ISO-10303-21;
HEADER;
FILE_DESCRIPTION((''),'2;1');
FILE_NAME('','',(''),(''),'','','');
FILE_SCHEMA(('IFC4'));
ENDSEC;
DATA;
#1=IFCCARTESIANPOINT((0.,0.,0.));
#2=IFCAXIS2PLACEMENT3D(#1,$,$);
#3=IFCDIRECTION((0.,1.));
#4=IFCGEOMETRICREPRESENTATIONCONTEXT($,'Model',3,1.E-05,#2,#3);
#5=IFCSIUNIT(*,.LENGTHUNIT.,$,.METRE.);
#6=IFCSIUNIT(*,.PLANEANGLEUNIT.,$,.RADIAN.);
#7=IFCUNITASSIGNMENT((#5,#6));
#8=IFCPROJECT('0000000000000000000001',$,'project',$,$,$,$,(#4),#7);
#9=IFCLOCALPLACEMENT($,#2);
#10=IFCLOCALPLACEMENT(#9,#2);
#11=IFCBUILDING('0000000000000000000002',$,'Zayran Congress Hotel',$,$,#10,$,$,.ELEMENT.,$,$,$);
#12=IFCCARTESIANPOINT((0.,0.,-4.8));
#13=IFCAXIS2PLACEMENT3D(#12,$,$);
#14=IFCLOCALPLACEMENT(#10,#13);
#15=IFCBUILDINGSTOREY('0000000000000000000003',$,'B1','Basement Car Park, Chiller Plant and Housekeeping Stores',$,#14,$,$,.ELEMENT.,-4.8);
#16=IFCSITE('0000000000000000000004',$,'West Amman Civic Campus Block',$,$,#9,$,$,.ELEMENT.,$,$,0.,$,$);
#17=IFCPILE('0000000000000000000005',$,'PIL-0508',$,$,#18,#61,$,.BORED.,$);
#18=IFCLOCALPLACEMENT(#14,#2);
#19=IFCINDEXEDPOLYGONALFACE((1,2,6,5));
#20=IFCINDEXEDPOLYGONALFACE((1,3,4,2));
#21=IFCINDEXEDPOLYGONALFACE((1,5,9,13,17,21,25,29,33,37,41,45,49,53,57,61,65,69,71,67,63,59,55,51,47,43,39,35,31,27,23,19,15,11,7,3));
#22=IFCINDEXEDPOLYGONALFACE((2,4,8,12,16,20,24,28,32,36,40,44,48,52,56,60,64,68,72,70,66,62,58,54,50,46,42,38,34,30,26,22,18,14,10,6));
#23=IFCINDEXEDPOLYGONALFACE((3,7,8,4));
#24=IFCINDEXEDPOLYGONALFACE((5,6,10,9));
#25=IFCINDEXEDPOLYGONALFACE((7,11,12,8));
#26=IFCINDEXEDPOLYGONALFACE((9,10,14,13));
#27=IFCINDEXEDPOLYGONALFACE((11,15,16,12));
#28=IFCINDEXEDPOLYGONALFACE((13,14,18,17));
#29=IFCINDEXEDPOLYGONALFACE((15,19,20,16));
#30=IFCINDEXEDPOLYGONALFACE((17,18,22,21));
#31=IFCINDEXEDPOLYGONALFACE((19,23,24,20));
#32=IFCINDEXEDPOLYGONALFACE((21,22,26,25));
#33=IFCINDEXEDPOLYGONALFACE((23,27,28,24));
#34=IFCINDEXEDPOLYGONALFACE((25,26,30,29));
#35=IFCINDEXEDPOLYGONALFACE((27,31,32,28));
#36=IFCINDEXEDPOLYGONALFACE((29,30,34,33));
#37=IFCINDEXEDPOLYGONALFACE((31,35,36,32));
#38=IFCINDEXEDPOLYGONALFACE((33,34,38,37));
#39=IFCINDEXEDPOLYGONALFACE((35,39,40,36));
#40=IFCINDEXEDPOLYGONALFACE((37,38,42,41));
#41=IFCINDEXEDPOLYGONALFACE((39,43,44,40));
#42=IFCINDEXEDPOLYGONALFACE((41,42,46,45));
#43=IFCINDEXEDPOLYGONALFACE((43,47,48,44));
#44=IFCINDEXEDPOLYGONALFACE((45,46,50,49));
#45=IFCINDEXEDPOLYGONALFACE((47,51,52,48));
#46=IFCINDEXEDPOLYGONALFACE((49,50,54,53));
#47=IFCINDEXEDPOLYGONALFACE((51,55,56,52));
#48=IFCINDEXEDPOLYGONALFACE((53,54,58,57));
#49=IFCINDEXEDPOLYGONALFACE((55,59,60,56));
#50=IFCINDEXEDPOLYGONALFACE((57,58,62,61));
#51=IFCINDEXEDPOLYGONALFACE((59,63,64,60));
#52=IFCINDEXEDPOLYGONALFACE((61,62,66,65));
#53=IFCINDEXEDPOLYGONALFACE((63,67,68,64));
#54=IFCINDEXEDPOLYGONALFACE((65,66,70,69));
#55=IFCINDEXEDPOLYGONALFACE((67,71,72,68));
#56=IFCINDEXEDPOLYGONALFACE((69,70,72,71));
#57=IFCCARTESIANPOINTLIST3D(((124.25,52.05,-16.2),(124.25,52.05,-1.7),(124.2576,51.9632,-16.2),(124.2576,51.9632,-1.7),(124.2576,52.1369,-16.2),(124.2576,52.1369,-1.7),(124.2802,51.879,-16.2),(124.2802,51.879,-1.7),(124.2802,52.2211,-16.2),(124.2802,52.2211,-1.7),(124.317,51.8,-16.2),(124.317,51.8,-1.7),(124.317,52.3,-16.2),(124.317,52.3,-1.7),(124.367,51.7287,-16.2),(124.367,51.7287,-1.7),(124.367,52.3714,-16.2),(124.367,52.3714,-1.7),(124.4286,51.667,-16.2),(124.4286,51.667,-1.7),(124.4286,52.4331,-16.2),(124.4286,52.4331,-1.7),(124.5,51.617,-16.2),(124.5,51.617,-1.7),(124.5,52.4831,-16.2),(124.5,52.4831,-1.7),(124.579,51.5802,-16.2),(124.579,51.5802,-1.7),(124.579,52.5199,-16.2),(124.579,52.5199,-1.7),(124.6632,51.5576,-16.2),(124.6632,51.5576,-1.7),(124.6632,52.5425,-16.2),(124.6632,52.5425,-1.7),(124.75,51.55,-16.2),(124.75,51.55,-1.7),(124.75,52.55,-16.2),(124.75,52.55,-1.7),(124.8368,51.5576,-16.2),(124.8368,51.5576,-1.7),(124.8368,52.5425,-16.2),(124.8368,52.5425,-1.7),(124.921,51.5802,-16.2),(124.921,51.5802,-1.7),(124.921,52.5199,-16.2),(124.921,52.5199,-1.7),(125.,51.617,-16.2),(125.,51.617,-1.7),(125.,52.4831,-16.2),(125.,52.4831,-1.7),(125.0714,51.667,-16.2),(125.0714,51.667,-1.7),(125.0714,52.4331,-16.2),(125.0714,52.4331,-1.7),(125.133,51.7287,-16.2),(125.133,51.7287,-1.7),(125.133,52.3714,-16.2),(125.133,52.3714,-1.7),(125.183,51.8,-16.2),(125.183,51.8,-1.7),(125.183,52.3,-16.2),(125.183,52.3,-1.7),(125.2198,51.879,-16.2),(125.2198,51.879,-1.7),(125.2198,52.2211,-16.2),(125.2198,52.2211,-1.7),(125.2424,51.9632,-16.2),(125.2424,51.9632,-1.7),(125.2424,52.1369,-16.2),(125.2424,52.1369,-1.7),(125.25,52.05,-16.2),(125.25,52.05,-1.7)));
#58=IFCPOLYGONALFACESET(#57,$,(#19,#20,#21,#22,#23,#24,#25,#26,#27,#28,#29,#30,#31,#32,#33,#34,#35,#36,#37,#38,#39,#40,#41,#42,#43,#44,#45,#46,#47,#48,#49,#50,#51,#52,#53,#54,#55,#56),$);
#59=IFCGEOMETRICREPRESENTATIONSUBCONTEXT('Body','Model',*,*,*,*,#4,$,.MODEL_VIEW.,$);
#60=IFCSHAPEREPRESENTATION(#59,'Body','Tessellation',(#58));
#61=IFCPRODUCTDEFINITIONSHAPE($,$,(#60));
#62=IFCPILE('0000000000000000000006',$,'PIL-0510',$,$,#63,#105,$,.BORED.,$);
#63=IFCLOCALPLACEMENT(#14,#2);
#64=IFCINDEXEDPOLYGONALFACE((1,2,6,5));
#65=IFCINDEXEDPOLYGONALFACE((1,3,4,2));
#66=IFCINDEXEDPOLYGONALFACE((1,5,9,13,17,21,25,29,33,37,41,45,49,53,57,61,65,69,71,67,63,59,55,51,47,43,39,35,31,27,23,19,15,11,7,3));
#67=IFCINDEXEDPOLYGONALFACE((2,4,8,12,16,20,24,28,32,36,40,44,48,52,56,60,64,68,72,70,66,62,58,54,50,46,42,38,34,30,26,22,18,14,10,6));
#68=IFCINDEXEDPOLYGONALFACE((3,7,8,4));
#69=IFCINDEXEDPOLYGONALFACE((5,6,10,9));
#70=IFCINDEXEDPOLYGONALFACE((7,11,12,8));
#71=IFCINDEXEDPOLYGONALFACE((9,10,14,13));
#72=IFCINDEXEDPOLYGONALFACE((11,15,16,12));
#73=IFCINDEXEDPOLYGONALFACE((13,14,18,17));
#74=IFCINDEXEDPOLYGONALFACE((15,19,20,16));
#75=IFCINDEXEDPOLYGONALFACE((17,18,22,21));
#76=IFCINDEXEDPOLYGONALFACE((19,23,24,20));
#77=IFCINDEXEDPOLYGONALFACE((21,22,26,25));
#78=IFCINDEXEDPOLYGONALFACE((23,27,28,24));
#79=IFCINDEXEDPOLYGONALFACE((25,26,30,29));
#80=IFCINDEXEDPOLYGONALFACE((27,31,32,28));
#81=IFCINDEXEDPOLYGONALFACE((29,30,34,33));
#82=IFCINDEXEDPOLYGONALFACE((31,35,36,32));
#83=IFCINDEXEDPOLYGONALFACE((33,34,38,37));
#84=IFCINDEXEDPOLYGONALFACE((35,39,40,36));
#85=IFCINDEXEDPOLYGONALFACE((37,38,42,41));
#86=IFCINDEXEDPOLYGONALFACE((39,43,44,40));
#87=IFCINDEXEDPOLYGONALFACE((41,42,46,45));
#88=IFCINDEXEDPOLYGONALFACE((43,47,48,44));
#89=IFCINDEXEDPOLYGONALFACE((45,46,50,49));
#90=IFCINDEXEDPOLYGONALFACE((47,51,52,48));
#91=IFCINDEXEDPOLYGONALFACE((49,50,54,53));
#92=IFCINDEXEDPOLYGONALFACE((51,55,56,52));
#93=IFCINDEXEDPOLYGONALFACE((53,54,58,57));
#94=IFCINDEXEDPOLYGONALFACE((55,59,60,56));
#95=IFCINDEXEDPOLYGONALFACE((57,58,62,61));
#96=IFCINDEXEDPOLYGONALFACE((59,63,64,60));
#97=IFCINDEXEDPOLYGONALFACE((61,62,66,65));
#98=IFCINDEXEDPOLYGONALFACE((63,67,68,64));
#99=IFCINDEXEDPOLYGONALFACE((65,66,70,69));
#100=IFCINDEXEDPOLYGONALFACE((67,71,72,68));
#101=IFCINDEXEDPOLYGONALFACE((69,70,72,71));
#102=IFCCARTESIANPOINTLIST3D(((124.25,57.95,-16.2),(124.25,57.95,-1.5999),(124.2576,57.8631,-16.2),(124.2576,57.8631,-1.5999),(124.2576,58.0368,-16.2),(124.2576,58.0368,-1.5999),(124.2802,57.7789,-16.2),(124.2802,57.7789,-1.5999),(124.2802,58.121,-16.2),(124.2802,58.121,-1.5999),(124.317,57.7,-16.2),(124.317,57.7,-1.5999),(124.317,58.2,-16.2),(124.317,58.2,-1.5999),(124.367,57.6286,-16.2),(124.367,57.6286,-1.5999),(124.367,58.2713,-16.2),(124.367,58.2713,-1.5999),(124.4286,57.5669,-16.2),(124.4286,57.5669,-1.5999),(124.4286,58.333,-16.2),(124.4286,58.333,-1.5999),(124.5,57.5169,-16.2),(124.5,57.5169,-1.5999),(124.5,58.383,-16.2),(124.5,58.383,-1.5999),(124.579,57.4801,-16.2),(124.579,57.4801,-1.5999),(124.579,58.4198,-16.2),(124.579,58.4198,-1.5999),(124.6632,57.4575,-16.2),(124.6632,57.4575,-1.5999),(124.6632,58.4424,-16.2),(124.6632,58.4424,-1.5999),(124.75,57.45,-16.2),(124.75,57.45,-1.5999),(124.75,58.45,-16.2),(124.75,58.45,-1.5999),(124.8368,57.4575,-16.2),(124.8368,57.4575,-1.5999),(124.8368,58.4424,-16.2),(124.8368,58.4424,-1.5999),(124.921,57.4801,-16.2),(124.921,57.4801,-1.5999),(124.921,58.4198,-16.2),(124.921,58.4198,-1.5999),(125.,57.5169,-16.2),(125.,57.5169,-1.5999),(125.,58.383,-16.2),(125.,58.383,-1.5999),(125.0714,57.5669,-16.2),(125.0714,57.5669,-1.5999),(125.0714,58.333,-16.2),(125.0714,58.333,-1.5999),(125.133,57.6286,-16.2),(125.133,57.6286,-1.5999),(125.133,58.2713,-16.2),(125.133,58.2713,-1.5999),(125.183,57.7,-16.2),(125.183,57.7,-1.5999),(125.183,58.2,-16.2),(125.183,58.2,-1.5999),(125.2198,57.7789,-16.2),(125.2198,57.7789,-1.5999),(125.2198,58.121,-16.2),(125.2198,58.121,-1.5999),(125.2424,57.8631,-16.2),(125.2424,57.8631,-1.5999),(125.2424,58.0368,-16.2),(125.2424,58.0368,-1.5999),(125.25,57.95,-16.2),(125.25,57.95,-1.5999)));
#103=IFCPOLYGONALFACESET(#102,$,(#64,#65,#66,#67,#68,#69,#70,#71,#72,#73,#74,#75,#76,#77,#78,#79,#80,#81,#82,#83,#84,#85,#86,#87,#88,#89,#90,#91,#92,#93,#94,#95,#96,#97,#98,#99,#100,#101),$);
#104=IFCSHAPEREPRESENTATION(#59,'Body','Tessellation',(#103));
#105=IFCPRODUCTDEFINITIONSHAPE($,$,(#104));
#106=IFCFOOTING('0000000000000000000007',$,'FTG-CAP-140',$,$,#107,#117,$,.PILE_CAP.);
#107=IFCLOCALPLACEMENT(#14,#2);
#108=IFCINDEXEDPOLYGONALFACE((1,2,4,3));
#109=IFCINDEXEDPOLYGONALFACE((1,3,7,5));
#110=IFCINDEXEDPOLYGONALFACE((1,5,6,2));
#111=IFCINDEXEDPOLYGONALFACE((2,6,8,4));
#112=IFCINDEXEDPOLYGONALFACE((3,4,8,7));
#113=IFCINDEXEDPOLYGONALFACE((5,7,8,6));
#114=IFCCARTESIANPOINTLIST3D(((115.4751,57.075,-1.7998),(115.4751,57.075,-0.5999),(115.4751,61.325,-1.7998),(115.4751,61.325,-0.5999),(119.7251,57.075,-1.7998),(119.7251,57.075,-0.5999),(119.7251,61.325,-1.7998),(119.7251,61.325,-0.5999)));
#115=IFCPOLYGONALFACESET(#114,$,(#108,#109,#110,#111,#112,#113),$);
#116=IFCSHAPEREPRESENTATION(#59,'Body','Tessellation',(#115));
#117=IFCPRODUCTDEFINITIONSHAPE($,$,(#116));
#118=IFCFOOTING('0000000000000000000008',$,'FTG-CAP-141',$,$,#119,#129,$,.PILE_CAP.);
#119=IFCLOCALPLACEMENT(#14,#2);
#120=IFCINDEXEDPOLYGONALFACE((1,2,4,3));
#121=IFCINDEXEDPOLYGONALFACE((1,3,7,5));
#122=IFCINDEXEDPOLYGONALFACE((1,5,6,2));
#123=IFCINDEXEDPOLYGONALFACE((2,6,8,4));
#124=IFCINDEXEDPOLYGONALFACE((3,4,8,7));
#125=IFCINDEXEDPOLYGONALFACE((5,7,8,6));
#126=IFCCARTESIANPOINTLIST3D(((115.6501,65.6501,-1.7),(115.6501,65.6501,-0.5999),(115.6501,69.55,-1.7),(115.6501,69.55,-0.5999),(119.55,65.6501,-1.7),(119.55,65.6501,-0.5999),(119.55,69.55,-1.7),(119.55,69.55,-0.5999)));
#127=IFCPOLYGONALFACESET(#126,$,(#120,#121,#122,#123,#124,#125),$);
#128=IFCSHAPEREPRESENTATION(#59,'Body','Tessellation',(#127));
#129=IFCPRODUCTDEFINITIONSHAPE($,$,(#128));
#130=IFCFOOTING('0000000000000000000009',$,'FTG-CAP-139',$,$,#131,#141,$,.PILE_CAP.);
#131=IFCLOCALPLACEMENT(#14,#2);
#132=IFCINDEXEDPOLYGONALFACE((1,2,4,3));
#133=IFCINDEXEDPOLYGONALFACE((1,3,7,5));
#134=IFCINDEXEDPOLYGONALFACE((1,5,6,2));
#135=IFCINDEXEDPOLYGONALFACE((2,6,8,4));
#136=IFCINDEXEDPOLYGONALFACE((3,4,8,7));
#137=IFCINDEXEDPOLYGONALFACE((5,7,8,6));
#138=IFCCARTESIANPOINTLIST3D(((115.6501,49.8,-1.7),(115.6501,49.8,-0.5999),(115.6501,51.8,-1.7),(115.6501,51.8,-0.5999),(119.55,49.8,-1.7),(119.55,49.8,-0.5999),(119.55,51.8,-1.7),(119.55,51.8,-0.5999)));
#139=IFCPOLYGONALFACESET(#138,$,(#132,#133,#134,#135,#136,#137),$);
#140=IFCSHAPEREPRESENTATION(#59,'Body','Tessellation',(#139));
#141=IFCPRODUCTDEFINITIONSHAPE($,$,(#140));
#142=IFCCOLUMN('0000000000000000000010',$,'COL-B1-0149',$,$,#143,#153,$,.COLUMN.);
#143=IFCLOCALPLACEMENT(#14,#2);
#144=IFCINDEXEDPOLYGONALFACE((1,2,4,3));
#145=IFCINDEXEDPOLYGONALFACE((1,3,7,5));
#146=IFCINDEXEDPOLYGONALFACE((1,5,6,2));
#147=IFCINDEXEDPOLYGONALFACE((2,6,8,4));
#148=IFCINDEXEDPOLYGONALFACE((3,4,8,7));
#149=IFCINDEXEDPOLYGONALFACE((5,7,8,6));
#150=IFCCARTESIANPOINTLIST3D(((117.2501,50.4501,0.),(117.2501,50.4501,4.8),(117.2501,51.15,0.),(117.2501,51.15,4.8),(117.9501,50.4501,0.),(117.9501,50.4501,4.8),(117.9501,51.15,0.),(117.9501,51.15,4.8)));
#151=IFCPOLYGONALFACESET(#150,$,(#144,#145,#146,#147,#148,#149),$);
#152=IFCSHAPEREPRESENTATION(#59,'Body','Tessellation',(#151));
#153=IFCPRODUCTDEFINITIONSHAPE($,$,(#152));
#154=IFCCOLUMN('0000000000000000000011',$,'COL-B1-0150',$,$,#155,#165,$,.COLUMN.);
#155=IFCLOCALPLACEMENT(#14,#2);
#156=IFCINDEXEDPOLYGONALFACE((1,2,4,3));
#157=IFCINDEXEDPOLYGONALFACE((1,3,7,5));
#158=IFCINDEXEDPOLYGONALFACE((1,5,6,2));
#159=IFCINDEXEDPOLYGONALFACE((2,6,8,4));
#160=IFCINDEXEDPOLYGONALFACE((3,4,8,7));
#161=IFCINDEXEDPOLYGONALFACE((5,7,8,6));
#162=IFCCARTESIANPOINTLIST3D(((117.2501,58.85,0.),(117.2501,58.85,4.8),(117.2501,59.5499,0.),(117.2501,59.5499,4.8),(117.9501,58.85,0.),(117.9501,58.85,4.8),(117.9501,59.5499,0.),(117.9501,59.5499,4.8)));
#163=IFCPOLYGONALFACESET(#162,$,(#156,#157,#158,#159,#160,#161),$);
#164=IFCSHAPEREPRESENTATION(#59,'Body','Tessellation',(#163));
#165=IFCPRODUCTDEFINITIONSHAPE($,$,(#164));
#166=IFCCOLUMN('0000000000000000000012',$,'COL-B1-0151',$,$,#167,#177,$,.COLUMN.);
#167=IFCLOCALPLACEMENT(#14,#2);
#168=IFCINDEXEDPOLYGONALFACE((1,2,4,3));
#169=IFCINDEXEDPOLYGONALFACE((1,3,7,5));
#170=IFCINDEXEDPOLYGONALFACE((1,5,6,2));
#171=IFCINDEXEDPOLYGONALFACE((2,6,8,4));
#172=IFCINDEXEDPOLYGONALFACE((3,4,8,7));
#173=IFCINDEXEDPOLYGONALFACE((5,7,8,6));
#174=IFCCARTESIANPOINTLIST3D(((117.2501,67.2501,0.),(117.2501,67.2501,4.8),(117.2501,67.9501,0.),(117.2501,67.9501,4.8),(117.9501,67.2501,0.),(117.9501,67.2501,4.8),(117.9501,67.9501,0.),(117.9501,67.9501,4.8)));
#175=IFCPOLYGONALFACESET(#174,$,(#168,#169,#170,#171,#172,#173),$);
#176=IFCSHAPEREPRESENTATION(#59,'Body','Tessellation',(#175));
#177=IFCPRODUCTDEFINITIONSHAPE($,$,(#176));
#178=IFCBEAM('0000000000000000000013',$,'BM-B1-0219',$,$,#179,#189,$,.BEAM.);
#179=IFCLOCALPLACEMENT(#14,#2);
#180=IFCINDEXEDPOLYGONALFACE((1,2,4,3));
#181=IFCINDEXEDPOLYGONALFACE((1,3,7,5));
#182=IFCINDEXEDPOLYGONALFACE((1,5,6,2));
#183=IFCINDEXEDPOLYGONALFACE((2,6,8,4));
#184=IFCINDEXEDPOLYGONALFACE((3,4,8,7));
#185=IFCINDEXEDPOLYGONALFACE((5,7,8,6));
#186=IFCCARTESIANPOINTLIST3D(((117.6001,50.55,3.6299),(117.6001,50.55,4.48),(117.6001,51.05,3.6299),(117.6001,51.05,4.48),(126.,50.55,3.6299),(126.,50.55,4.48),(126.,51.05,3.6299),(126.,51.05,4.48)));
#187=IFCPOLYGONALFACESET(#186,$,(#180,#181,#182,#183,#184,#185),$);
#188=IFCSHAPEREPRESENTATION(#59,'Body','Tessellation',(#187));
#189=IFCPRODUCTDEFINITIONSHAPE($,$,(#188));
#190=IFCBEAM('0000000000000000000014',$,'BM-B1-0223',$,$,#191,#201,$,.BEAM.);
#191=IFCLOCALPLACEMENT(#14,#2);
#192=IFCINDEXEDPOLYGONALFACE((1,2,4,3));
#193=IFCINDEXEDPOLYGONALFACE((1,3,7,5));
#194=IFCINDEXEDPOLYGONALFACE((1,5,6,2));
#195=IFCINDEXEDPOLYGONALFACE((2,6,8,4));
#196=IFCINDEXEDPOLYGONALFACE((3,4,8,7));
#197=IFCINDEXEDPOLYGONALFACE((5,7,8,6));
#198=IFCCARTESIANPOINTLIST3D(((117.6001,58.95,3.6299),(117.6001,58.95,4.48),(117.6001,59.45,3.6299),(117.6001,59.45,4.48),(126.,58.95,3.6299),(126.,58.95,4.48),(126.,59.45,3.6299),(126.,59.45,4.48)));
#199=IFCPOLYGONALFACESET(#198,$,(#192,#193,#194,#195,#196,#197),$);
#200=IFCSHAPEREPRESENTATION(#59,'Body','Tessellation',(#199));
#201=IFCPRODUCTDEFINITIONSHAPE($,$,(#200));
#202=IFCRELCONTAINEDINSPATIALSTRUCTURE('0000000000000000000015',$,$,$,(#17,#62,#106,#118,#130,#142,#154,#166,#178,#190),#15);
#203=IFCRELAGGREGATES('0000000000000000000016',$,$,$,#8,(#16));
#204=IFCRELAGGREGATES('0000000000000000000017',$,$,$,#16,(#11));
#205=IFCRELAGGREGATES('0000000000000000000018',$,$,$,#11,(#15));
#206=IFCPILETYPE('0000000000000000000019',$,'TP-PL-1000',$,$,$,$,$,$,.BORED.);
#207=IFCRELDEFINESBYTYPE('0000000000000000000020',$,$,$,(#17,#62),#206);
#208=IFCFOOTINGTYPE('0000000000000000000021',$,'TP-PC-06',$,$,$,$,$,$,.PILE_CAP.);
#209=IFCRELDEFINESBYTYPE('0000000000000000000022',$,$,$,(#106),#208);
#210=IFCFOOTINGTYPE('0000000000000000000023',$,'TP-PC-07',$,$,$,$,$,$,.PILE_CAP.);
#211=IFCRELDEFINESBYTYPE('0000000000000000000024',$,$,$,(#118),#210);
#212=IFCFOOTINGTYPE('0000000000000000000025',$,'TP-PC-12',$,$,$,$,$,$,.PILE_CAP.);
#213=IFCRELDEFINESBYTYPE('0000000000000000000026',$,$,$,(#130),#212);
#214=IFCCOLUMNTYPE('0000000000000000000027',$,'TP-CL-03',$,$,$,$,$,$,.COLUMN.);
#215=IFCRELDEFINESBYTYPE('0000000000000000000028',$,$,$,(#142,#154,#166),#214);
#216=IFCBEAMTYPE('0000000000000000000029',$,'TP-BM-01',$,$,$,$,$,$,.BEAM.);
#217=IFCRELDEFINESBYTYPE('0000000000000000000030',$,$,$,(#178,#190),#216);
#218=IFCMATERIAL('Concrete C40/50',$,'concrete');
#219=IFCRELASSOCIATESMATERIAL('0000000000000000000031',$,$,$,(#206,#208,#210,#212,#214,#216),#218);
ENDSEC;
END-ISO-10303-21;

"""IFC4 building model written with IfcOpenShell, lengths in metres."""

from ifc_helpers import new_model, si_unit, direction, frame, origin, origin_2d, place, context, subcontext, project, spatial, rectangle, circle, extrude, material, material_profile, profile_set, type_object, element, save


model = new_model("IFC4")

# Units and contexts
model_context = context("Model", 3, precision=1e-05, world=origin(), true_north=direction((0.0, 1.0)))
body_context = subcontext(model_context, "Body", "Model", "MODEL_VIEW")
ifc_project = project(units=[si_unit("LENGTHUNIT", "METRE"), si_unit("PLANEANGLEUNIT", "RADIAN")], contexts=[model_context])

# Site, building, storey
site_placement = place(None, origin())
site = spatial("IfcSite", under=ifc_project, at=site_placement, Name="West Amman Civic Campus Block", CompositionType="ELEMENT", RefElevation=0.0)
building_placement = place(site_placement, origin())
building = spatial("IfcBuilding", under=site, at=building_placement, Name="Zayran Congress Hotel", CompositionType="ELEMENT")
storey_placement = place(building_placement, frame((0.0, 0.0, -4.8)))
storey = spatial("IfcBuildingStorey", under=building, at=storey_placement, Name="B1", Description="Basement Car Park, Chiller Plant and Housekeeping Stores", CompositionType="ELEMENT", Elevation=-4.8)

# Piles
ifc_material_1 = material(Name="Concrete C40/50", Category="concrete")
ifc_material_profile_1 = material_profile(ifc_material_1, circle(Radius=0.5, at=origin_2d()), Name="PILE D1000")
ifc_profile_set_1 = profile_set([ifc_material_profile_1], Name="Concrete C40/50")
pile_type = type_object("IfcPileType", Name="TP-PL-1000", PredefinedType="BORED", material=ifc_profile_set_1)
pile_1_placement = place(storey_placement, frame((124.75, 52.05, -1.7), z_axis=(0.0, 0.0, -1.0), x_axis=(1.0, 0.0, 0.0)))
element("IfcPile", 1, at=pile_1_placement, inside=storey, type_object=pile_type, Name="PIL-0508", PredefinedType="BORED", context=body_context, shape_type="SweptSolid", body=[
    extrude(circle(Radius=0.5, at=origin_2d()), origin(), (0.0, 0.0, 1.0), 14.5),
])
pile_2_placement = place(storey_placement, frame((124.75, 57.95, -1.5999), z_axis=(0.0, 0.0, -1.0), x_axis=(1.0, 0.0, 0.0)))
element("IfcPile", 2, at=pile_2_placement, inside=storey, type_object=pile_type, Name="PIL-0510", PredefinedType="BORED", context=body_context, shape_type="SweptSolid", body=[
    extrude(circle(Radius=0.5, at=origin_2d()), origin(), (0.0, 0.0, 1.0), 14.6001),
])

# Footings
footing_type_1 = type_object("IfcFootingType", Name="TP-PC-06", PredefinedType="PILE_CAP", material=ifc_material_1)
footing_1_placement = place(storey_placement, frame((117.6001, 59.2, -1.7998), z_axis=(0.0, 0.0, 1.0), x_axis=(1.0, 0.0, 0.0)))
element("IfcFooting", 3, at=footing_1_placement, inside=storey, type_object=footing_type_1, Name="FTG-CAP-140", PredefinedType="PILE_CAP", context=body_context, shape_type="SweptSolid", body=[
    extrude(rectangle(XDim=4.25, YDim=4.25, at=origin_2d()), origin(), (0.0, 0.0, 1.0), 1.2),
])
footing_type_2 = type_object("IfcFootingType", Name="TP-PC-07", PredefinedType="PILE_CAP", material=ifc_material_1)
footing_2_placement = place(storey_placement, frame((117.6001, 67.6001, -1.7), z_axis=(0.0, 0.0, 1.0), x_axis=(1.0, 0.0, 0.0)))
element("IfcFooting", 4, at=footing_2_placement, inside=storey, type_object=footing_type_2, Name="FTG-CAP-141", PredefinedType="PILE_CAP", context=body_context, shape_type="SweptSolid", body=[
    extrude(rectangle(XDim=3.8999, YDim=3.8999, at=origin_2d()), origin(), (0.0, 0.0, 1.0), 1.1001),
])
footing_type_3 = type_object("IfcFootingType", Name="TP-PC-12", PredefinedType="PILE_CAP", material=ifc_material_1)
footing_3_placement = place(storey_placement, frame((117.6001, 50.8, -1.7), z_axis=(0.0, 0.0, 1.0), x_axis=(1.0, 0.0, 0.0)))
element("IfcFooting", 5, at=footing_3_placement, inside=storey, type_object=footing_type_3, Name="FTG-CAP-139", PredefinedType="PILE_CAP", context=body_context, shape_type="SweptSolid", body=[
    extrude(rectangle(XDim=3.8999, YDim=2.0, at=origin_2d()), origin(), (0.0, 0.0, 1.0), 1.1001),
])

# Columns
ifc_material_profile_2 = material_profile(ifc_material_1, rectangle(XDim=0.7, YDim=0.7, at=origin_2d()), Name="RC 700x700")
ifc_profile_set_2 = profile_set([ifc_material_profile_2], Name="Concrete C40/50")
column_type = type_object("IfcColumnType", Name="TP-CL-03", PredefinedType="COLUMN", material=ifc_profile_set_2)
for number, where, z_axis, x_axis, name in (
    (6, (117.6001, 50.8, 0.0), (0.0, 0.0, 1.0), (1.0, 0.0, 0.0), "COL-B1-0149"),
    (7, (117.6001, 59.2, 0.0), (0.0, 0.0, 1.0), (1.0, 0.0, 0.0), "COL-B1-0150"),
    (8, (117.6001, 67.6001, 0.0), (0.0, 0.0, 1.0), (1.0, 0.0, 0.0), "COL-B1-0151"),
):
    element("IfcColumn", number, at=place(storey_placement, frame(where, z_axis=z_axis, x_axis=x_axis)), inside=storey, type_object=column_type, Name=name, PredefinedType="COLUMN", context=body_context, shape_type="SweptSolid", body=[
        extrude(rectangle(XDim=0.7, YDim=0.7, at=origin_2d()), origin(), (0.0, 0.0, 1.0), 4.8),
    ])

# Beams
ifc_material_profile_3 = material_profile(ifc_material_1, rectangle(XDim=0.5, YDim=0.8501, at=origin_2d()), Name="RC 500x850")
ifc_profile_set_3 = profile_set([ifc_material_profile_3], Name="Concrete C40/50")
beam_type = type_object("IfcBeamType", Name="TP-BM-01", PredefinedType="BEAM", material=ifc_profile_set_3)
for number, where, z_axis, x_axis, name in (
    (9, (117.6001, 50.8, 4.0549), (1.0, 0.0, 0.0), (0.0, 1.0, 0.0), "BM-B1-0219"),
    (10, (117.6001, 59.2, 4.0549), (1.0, 0.0, 0.0), (0.0, 1.0, 0.0), "BM-B1-0223"),
):
    element("IfcBeam", number, at=place(storey_placement, frame(where, z_axis=z_axis, x_axis=x_axis)), inside=storey, type_object=beam_type, Name=name, PredefinedType="BEAM", context=body_context, shape_type="SweptSolid", body=[
        extrude(rectangle(XDim=0.5, YDim=0.8501, at=origin_2d()), origin(), (0.0, 0.0, 1.0), 8.3999),
    ])

save(model, "model.ifc")
